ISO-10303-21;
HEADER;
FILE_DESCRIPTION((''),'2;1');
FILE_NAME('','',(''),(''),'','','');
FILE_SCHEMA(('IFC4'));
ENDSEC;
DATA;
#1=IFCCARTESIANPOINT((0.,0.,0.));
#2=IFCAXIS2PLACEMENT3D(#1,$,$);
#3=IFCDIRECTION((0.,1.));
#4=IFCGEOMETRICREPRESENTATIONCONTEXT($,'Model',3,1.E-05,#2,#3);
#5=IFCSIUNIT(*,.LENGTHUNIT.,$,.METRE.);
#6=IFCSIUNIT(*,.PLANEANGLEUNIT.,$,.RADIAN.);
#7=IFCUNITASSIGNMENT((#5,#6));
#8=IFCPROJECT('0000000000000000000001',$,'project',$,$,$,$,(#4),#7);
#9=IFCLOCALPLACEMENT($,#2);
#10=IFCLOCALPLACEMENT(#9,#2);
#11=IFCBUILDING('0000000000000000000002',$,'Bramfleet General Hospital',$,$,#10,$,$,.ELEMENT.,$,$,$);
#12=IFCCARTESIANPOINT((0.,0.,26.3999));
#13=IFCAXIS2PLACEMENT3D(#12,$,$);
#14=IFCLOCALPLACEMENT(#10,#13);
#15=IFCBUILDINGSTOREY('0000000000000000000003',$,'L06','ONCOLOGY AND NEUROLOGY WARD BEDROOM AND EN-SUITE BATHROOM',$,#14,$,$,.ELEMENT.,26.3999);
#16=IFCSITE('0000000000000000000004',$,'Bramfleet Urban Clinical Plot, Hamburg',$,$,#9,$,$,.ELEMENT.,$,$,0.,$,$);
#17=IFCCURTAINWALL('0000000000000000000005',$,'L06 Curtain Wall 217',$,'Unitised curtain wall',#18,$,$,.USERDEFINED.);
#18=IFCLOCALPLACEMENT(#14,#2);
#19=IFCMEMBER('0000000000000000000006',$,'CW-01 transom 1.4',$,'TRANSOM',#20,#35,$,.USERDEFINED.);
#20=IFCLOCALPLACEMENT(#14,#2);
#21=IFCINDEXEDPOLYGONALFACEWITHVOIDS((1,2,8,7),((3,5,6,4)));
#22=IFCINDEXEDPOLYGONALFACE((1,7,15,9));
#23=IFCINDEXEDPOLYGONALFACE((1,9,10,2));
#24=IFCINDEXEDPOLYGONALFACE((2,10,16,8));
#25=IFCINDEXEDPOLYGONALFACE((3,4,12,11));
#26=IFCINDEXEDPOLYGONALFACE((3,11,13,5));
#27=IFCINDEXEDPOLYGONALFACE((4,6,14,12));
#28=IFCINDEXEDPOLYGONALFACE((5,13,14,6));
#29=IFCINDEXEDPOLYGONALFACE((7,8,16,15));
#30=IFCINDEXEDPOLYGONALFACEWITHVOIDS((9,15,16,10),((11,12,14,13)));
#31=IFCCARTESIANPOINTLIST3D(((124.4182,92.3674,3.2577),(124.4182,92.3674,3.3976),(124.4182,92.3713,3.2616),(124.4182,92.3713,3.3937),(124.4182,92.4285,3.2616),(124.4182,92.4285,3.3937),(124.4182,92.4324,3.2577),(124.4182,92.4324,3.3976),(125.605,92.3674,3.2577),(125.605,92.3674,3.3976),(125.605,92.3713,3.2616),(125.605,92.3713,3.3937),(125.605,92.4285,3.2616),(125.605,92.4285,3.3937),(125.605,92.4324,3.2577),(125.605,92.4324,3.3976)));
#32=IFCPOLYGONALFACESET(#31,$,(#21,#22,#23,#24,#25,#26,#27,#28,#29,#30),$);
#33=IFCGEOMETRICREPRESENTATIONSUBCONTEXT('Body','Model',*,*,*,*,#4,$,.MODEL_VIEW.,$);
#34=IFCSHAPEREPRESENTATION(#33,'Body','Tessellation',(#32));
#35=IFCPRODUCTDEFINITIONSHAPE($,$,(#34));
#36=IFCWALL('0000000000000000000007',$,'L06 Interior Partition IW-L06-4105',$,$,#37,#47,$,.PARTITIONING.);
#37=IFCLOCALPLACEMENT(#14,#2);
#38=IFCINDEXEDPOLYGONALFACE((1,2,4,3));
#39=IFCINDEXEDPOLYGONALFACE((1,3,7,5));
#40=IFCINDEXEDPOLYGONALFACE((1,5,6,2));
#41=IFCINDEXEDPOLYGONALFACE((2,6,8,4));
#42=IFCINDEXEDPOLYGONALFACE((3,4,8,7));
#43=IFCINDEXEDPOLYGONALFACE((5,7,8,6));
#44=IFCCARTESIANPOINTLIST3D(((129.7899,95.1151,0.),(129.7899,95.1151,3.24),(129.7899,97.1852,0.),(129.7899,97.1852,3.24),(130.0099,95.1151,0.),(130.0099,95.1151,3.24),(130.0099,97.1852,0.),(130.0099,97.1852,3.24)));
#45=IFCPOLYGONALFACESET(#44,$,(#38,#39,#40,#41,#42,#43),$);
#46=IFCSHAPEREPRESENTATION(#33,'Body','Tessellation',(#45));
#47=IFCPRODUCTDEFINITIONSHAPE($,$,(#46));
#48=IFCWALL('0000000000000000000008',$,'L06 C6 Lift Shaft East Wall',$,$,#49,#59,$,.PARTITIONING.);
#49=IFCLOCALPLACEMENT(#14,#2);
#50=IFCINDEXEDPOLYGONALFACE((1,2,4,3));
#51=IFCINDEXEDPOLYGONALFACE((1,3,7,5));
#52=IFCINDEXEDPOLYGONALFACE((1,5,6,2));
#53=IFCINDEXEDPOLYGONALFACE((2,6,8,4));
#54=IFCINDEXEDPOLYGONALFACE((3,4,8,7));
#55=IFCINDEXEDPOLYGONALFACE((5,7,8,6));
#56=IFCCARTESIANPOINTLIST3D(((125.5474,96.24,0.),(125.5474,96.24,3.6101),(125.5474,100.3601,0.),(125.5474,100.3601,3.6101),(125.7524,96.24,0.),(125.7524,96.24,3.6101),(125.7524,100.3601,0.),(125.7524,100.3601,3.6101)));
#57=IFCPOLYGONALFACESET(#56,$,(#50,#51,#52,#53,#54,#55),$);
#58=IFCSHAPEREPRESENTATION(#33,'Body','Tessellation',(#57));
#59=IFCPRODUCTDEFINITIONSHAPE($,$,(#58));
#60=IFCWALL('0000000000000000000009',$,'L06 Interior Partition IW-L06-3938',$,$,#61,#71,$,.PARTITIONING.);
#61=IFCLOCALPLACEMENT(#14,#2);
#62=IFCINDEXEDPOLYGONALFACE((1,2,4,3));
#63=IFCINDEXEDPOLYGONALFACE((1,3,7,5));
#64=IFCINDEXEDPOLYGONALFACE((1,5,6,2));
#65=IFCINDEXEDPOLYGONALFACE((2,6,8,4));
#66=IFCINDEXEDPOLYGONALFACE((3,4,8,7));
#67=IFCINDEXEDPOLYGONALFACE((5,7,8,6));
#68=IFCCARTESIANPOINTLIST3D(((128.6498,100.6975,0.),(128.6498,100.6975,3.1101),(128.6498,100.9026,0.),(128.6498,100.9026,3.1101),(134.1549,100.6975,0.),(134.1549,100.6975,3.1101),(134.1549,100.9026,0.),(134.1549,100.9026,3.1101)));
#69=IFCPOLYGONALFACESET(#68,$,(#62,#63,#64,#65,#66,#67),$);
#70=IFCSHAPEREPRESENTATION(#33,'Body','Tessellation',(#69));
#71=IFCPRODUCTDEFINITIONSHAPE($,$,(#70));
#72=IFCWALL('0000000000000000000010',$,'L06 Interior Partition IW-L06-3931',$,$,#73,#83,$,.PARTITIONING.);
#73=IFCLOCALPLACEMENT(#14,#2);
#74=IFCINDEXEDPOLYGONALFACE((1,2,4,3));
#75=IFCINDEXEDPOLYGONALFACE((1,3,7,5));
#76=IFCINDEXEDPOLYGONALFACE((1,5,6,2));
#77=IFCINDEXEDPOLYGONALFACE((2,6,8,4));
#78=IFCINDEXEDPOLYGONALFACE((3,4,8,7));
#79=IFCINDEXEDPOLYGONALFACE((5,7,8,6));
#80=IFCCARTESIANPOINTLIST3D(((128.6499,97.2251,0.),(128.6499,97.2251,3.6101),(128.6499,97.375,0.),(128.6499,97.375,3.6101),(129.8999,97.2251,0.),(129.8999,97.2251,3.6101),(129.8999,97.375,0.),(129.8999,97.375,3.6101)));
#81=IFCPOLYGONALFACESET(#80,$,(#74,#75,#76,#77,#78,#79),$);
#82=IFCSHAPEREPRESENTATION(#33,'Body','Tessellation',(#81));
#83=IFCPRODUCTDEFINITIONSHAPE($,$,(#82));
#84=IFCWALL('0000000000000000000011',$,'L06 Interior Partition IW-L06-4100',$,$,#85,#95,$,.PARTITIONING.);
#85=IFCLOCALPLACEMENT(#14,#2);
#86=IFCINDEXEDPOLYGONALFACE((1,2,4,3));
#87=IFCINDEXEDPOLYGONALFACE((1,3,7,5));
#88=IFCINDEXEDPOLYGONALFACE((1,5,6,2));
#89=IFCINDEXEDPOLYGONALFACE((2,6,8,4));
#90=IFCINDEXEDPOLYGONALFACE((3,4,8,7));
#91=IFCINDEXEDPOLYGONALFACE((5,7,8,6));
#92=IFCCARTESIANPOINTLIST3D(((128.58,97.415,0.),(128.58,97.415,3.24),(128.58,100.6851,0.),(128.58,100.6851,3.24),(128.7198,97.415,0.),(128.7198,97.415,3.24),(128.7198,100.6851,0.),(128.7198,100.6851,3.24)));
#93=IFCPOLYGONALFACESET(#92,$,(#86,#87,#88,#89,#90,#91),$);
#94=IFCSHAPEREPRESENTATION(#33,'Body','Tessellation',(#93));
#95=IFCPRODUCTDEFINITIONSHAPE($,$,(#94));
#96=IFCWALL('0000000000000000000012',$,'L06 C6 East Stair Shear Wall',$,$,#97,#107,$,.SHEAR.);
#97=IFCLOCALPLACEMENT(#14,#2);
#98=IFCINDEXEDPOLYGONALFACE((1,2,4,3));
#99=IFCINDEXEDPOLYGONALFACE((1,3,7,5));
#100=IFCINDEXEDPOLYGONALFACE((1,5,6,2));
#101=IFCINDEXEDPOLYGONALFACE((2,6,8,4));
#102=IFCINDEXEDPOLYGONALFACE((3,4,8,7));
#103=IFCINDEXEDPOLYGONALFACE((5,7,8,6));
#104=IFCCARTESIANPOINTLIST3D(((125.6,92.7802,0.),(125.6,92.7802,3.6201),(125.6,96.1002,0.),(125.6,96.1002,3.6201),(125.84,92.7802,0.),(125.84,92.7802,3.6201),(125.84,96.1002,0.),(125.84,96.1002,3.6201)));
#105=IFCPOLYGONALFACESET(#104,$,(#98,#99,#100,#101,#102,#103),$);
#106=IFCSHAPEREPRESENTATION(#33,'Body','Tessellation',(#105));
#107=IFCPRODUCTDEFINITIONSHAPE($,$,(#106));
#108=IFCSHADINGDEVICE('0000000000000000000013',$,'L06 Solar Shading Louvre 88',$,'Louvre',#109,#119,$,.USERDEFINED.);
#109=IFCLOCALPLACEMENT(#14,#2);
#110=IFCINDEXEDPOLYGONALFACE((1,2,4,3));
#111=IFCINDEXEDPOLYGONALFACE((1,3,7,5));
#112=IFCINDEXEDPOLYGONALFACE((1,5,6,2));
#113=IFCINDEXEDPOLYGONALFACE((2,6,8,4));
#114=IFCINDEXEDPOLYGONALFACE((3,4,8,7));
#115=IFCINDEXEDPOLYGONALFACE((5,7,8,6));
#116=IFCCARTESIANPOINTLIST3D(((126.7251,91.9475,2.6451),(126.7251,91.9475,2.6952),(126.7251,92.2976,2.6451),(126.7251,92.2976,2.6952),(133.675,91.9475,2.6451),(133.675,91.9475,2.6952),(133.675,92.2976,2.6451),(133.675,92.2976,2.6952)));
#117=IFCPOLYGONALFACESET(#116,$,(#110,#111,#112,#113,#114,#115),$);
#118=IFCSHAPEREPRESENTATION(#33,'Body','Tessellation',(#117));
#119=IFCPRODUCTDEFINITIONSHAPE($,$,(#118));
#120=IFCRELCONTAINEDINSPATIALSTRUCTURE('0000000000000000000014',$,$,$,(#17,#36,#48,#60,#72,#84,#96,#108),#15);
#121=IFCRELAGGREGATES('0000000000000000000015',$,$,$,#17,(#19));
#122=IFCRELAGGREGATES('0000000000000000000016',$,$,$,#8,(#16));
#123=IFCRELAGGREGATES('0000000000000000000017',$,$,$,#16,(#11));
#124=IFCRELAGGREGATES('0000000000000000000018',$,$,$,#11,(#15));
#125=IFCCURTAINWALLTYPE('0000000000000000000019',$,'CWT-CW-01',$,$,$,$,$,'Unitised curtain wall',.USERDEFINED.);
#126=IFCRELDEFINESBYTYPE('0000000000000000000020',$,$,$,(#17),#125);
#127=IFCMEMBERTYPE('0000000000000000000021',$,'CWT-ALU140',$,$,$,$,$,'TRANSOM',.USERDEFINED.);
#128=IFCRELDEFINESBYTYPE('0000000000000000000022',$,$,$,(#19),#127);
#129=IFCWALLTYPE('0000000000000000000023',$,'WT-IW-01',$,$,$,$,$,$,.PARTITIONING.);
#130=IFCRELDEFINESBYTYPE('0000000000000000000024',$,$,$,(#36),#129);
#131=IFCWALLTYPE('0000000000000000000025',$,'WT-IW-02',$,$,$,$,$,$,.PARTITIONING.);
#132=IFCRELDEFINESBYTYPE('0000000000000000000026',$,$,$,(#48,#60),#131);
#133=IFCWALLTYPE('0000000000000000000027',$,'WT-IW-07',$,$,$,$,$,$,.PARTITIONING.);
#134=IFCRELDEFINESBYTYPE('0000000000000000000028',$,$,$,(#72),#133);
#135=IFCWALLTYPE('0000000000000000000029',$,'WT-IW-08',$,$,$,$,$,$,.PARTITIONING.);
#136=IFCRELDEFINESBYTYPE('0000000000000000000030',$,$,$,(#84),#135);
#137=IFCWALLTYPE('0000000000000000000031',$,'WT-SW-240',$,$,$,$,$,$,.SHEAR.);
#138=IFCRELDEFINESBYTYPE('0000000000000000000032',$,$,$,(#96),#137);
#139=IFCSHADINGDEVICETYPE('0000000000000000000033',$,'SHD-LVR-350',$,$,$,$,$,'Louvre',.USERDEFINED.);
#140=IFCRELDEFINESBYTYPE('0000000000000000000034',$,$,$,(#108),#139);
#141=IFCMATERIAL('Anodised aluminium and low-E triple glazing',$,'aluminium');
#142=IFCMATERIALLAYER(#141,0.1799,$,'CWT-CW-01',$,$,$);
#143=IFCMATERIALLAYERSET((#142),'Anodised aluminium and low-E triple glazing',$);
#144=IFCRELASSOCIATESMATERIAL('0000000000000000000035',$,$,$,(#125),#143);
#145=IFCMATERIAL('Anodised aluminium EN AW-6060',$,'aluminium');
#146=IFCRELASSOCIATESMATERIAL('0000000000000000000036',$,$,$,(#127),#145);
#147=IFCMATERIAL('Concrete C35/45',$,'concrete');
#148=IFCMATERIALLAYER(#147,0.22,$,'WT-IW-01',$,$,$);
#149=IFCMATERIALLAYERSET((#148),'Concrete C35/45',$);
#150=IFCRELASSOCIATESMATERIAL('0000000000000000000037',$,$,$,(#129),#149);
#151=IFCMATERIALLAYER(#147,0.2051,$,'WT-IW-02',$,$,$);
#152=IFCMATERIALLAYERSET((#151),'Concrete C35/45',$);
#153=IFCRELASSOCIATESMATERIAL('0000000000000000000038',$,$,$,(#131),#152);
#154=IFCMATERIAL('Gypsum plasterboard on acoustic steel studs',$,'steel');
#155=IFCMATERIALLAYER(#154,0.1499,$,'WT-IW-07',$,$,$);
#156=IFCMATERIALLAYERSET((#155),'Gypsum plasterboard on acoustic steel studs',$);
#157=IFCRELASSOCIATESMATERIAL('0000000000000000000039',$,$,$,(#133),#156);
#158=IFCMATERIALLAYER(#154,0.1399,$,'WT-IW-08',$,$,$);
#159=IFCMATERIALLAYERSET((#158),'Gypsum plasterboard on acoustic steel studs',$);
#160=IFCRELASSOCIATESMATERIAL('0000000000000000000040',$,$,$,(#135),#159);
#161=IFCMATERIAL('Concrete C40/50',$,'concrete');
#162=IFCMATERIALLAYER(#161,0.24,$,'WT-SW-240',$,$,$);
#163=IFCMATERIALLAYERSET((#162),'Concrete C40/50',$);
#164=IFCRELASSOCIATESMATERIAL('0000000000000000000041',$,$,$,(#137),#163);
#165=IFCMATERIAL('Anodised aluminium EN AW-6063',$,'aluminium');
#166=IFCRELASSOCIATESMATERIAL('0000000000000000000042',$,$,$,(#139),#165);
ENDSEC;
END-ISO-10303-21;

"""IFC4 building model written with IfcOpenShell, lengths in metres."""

from ifc_helpers import new_model, si_unit, direction, frame, frame_2d, origin, origin_2d, place, context, subcontext, project, spatial, rectangle, hollow_rectangle, extrude, material, layer, layer_set, material_profile, profile_set, type_object, element, aggregate, save


model = new_model("IFC4")

# Units and contexts
model_context = context("Model", 3, precision=1e-05, world=origin(), true_north=direction((0.0, 1.0)))
body_context = subcontext(model_context, "Body", "Model", "MODEL_VIEW")
ifc_project = project(units=[si_unit("LENGTHUNIT", "METRE"), si_unit("PLANEANGLEUNIT", "RADIAN")], contexts=[model_context])

# Site, building, storey
site_placement = place(None, origin())
site = spatial("IfcSite", under=ifc_project, at=site_placement, Name="Bramfleet Urban Clinical Plot, Hamburg", CompositionType="ELEMENT", RefElevation=0.0)
building_placement = place(site_placement, origin())
building = spatial("IfcBuilding", under=site, at=building_placement, Name="Bramfleet General Hospital", CompositionType="ELEMENT")
storey_placement = place(building_placement, frame((0.0, 0.0, 26.3999)))
storey = spatial("IfcBuildingStorey", under=building, at=storey_placement, Name="L06", Description="ONCOLOGY AND NEUROLOGY WARD BEDROOM AND EN-SUITE BATHROOM", CompositionType="ELEMENT", Elevation=26.3999)

# Shared definitions
ifc_material_1 = material(Name="Concrete C40/50", Category="concrete")

# Curtain wall, member
ifc_material_2 = material(Name="Anodised aluminium and low-E triple glazing", Category="aluminium")
ifc_layer_1 = layer(ifc_material_2, 0.1799, Name="CWT-CW-01")
ifc_layer_set_1 = layer_set([ifc_layer_1], Name="Anodised aluminium and low-E triple glazing")
curtain_wall_type = type_object("IfcCurtainWallType", Name="CWT-CW-01", ElementType="Unitised curtain wall", PredefinedType="USERDEFINED", material=ifc_layer_set_1)
curtain_wall_placement = place(storey_placement, origin())
curtain_wall = element("IfcCurtainWall", 1, at=curtain_wall_placement, inside=storey, type_object=curtain_wall_type, Name="L06 Curtain Wall 217", ObjectType="Unitised curtain wall", PredefinedType="USERDEFINED")
ifc_material_3 = material(Name="Anodised aluminium EN AW-6060", Category="aluminium")
ifc_material_profile_1 = material_profile(ifc_material_3, hollow_rectangle(XDim=0.0649, YDim=0.1399, WallThickness=0.0039, at=origin_2d()), Name="ALU 140x65x4.0")
ifc_profile_set_1 = profile_set([ifc_material_profile_1], Name="Anodised aluminium EN AW-6060")
member_type_1 = type_object("IfcMemberType", Name="CWT-ALU140", ElementType="TRANSOM", PredefinedType="USERDEFINED", material=ifc_profile_set_1)
member_1_placement = place(storey_placement, frame((125.605, 92.3999, 3.3276), z_axis=(-1.0, 0.0, 0.0), x_axis=(0.0, -1.0, 0.0)))
member_1 = element("IfcMember", 2, at=member_1_placement, type_object=member_type_1, Name="CW-01 transom 1.4", ObjectType="TRANSOM", PredefinedType="USERDEFINED", context=body_context, shape_type="SweptSolid", body=[
    extrude(hollow_rectangle(XDim=0.0649, YDim=0.1399, WallThickness=0.0039, at=origin_2d()), origin(), (0.0, 0.0, 1.0), 1.1868),
])
aggregate(curtain_wall, [member_1])

# Walls
ifc_material_4 = material(Name="Concrete C35/45", Category="concrete")
ifc_layer_2 = layer(ifc_material_4, 0.22, Name="WT-IW-01")
ifc_layer_set_2 = layer_set([ifc_layer_2], Name="Concrete C35/45")
wall_type_1 = type_object("IfcWallType", Name="WT-IW-01", PredefinedType="PARTITIONING", material=ifc_layer_set_2)
wall_1_placement = place(storey_placement, frame((129.8999, 95.115, 0.0), z_axis=(0.0, 0.0, 1.0), x_axis=(0.0, 1.0, 0.0)))
element("IfcWall", 3, at=wall_1_placement, inside=storey, type_object=wall_type_1, Name="L06 Interior Partition IW-L06-4105", PredefinedType="PARTITIONING", context=body_context, shape_type="SweptSolid", body=[
    extrude(rectangle(XDim=2.0701, YDim=0.22, at=frame_2d((1.0352, 0.0))), origin(), (0.0, 0.0, 1.0), 3.24),
])
ifc_layer_3 = layer(ifc_material_4, 0.2051, Name="WT-IW-02")
ifc_layer_set_3 = layer_set([ifc_layer_3], Name="Concrete C35/45")
wall_type_2 = type_object("IfcWallType", Name="WT-IW-02", PredefinedType="PARTITIONING", material=ifc_layer_set_3)
wall_2_placement = place(storey_placement, frame((125.6499, 96.24, 0.0), z_axis=(0.0, 0.0, 1.0), x_axis=(0.0, 1.0, 0.0)))
element("IfcWall", 4, at=wall_2_placement, inside=storey, type_object=wall_type_2, Name="L06 C6 Lift Shaft East Wall", PredefinedType="PARTITIONING", context=body_context, shape_type="SweptSolid", body=[
    extrude(rectangle(XDim=4.1201, YDim=0.2051, at=frame_2d((2.0601, 0.0))), origin(), (0.0, 0.0, 1.0), 3.6101),
])

# Walls
wall_3_placement = place(storey_placement, frame((128.6499, 100.8, 0.0), z_axis=(0.0, 0.0, 1.0), x_axis=(1.0, 0.0, 0.0)))
element("IfcWall", 5, at=wall_3_placement, inside=storey, type_object=wall_type_2, Name="L06 Interior Partition IW-L06-3938", PredefinedType="PARTITIONING", context=body_context, shape_type="SweptSolid", body=[
    extrude(rectangle(XDim=5.5051, YDim=0.2051, at=frame_2d((2.7524, 0.0))), origin(), (0.0, 0.0, 1.0), 3.1101),
])
ifc_material_5 = material(Name="Gypsum plasterboard on acoustic steel studs", Category="steel")
ifc_layer_4 = layer(ifc_material_5, 0.1499, Name="WT-IW-07")
ifc_layer_set_4 = layer_set([ifc_layer_4], Name="Gypsum plasterboard on acoustic steel studs")
wall_type_3 = type_object("IfcWallType", Name="WT-IW-07", PredefinedType="PARTITIONING", material=ifc_layer_set_4)
wall_4_placement = place(storey_placement, frame((128.6499, 97.3, 0.0), z_axis=(0.0, 0.0, 1.0), x_axis=(1.0, 0.0, 0.0)))
element("IfcWall", 6, at=wall_4_placement, inside=storey, type_object=wall_type_3, Name="L06 Interior Partition IW-L06-3931", PredefinedType="PARTITIONING", context=body_context, shape_type="SweptSolid", body=[
    extrude(rectangle(XDim=1.25, YDim=0.1499, at=frame_2d((0.625, 0.0))), origin(), (0.0, 0.0, 1.0), 3.6101),
])
ifc_layer_5 = layer(ifc_material_5, 0.1399, Name="WT-IW-08")
ifc_layer_set_5 = layer_set([ifc_layer_5], Name="Gypsum plasterboard on acoustic steel studs")
wall_type_4 = type_object("IfcWallType", Name="WT-IW-08", PredefinedType="PARTITIONING", material=ifc_layer_set_5)
wall_5_placement = place(storey_placement, frame((128.6499, 97.415, 0.0), z_axis=(0.0, 0.0, 1.0), x_axis=(0.0, 1.0, 0.0)))
element("IfcWall", 7, at=wall_5_placement, inside=storey, type_object=wall_type_4, Name="L06 Interior Partition IW-L06-4100", PredefinedType="PARTITIONING", context=body_context, shape_type="SweptSolid", body=[
    extrude(rectangle(XDim=3.27, YDim=0.1399, at=frame_2d((1.635, 0.0))), origin(), (0.0, 0.0, 1.0), 3.24),
])
ifc_layer_6 = layer(ifc_material_1, 0.24, Name="WT-SW-240")
ifc_layer_set_6 = layer_set([ifc_layer_6], Name="Concrete C40/50")
wall_type_5 = type_object("IfcWallType", Name="WT-SW-240", PredefinedType="SHEAR", material=ifc_layer_set_6)
wall_6_placement = place(storey_placement, frame((125.72, 92.78, 0.0), z_axis=(0.0, 0.0, 1.0), x_axis=(0.0, 1.0, 0.0)))
element("IfcWall", 8, at=wall_6_placement, inside=storey, type_object=wall_type_5, Name="L06 C6 East Stair Shear Wall", PredefinedType="SHEAR", context=body_context, shape_type="SweptSolid", body=[
    extrude(rectangle(XDim=3.3201, YDim=0.24, at=frame_2d((1.6602, 0.0))), origin(), (0.0, 0.0, 1.0), 3.6201),
])

# Shading device
ifc_material_6 = material(Name="Anodised aluminium EN AW-6063", Category="aluminium")
ifc_material_profile_2 = material_profile(ifc_material_6, rectangle(XDim=0.05, YDim=0.3501, at=origin_2d()), Name="ALU LOUVRE 350x50")
ifc_profile_set_2 = profile_set([ifc_material_profile_2], Name="Anodised aluminium EN AW-6063")
shading_device_type = type_object("IfcShadingDeviceType", Name="SHD-LVR-350", ElementType="Louvre", PredefinedType="USERDEFINED", material=ifc_profile_set_2)
shading_device_placement = place(storey_placement, frame((133.675, 92.1226, 2.6702), z_axis=(-1.0, 0.0, 0.0), x_axis=(0.0, 0.0, 1.0)))
element("IfcShadingDevice", 9, at=shading_device_placement, inside=storey, type_object=shading_device_type, Name="L06 Solar Shading Louvre 88", ObjectType="Louvre", PredefinedType="USERDEFINED", context=body_context, shape_type="SweptSolid", body=[
    extrude(rectangle(XDim=0.05, YDim=0.3501, at=origin_2d()), origin(), (0.0, 0.0, 1.0), 6.95),
])

save(model, "model.ifc")
